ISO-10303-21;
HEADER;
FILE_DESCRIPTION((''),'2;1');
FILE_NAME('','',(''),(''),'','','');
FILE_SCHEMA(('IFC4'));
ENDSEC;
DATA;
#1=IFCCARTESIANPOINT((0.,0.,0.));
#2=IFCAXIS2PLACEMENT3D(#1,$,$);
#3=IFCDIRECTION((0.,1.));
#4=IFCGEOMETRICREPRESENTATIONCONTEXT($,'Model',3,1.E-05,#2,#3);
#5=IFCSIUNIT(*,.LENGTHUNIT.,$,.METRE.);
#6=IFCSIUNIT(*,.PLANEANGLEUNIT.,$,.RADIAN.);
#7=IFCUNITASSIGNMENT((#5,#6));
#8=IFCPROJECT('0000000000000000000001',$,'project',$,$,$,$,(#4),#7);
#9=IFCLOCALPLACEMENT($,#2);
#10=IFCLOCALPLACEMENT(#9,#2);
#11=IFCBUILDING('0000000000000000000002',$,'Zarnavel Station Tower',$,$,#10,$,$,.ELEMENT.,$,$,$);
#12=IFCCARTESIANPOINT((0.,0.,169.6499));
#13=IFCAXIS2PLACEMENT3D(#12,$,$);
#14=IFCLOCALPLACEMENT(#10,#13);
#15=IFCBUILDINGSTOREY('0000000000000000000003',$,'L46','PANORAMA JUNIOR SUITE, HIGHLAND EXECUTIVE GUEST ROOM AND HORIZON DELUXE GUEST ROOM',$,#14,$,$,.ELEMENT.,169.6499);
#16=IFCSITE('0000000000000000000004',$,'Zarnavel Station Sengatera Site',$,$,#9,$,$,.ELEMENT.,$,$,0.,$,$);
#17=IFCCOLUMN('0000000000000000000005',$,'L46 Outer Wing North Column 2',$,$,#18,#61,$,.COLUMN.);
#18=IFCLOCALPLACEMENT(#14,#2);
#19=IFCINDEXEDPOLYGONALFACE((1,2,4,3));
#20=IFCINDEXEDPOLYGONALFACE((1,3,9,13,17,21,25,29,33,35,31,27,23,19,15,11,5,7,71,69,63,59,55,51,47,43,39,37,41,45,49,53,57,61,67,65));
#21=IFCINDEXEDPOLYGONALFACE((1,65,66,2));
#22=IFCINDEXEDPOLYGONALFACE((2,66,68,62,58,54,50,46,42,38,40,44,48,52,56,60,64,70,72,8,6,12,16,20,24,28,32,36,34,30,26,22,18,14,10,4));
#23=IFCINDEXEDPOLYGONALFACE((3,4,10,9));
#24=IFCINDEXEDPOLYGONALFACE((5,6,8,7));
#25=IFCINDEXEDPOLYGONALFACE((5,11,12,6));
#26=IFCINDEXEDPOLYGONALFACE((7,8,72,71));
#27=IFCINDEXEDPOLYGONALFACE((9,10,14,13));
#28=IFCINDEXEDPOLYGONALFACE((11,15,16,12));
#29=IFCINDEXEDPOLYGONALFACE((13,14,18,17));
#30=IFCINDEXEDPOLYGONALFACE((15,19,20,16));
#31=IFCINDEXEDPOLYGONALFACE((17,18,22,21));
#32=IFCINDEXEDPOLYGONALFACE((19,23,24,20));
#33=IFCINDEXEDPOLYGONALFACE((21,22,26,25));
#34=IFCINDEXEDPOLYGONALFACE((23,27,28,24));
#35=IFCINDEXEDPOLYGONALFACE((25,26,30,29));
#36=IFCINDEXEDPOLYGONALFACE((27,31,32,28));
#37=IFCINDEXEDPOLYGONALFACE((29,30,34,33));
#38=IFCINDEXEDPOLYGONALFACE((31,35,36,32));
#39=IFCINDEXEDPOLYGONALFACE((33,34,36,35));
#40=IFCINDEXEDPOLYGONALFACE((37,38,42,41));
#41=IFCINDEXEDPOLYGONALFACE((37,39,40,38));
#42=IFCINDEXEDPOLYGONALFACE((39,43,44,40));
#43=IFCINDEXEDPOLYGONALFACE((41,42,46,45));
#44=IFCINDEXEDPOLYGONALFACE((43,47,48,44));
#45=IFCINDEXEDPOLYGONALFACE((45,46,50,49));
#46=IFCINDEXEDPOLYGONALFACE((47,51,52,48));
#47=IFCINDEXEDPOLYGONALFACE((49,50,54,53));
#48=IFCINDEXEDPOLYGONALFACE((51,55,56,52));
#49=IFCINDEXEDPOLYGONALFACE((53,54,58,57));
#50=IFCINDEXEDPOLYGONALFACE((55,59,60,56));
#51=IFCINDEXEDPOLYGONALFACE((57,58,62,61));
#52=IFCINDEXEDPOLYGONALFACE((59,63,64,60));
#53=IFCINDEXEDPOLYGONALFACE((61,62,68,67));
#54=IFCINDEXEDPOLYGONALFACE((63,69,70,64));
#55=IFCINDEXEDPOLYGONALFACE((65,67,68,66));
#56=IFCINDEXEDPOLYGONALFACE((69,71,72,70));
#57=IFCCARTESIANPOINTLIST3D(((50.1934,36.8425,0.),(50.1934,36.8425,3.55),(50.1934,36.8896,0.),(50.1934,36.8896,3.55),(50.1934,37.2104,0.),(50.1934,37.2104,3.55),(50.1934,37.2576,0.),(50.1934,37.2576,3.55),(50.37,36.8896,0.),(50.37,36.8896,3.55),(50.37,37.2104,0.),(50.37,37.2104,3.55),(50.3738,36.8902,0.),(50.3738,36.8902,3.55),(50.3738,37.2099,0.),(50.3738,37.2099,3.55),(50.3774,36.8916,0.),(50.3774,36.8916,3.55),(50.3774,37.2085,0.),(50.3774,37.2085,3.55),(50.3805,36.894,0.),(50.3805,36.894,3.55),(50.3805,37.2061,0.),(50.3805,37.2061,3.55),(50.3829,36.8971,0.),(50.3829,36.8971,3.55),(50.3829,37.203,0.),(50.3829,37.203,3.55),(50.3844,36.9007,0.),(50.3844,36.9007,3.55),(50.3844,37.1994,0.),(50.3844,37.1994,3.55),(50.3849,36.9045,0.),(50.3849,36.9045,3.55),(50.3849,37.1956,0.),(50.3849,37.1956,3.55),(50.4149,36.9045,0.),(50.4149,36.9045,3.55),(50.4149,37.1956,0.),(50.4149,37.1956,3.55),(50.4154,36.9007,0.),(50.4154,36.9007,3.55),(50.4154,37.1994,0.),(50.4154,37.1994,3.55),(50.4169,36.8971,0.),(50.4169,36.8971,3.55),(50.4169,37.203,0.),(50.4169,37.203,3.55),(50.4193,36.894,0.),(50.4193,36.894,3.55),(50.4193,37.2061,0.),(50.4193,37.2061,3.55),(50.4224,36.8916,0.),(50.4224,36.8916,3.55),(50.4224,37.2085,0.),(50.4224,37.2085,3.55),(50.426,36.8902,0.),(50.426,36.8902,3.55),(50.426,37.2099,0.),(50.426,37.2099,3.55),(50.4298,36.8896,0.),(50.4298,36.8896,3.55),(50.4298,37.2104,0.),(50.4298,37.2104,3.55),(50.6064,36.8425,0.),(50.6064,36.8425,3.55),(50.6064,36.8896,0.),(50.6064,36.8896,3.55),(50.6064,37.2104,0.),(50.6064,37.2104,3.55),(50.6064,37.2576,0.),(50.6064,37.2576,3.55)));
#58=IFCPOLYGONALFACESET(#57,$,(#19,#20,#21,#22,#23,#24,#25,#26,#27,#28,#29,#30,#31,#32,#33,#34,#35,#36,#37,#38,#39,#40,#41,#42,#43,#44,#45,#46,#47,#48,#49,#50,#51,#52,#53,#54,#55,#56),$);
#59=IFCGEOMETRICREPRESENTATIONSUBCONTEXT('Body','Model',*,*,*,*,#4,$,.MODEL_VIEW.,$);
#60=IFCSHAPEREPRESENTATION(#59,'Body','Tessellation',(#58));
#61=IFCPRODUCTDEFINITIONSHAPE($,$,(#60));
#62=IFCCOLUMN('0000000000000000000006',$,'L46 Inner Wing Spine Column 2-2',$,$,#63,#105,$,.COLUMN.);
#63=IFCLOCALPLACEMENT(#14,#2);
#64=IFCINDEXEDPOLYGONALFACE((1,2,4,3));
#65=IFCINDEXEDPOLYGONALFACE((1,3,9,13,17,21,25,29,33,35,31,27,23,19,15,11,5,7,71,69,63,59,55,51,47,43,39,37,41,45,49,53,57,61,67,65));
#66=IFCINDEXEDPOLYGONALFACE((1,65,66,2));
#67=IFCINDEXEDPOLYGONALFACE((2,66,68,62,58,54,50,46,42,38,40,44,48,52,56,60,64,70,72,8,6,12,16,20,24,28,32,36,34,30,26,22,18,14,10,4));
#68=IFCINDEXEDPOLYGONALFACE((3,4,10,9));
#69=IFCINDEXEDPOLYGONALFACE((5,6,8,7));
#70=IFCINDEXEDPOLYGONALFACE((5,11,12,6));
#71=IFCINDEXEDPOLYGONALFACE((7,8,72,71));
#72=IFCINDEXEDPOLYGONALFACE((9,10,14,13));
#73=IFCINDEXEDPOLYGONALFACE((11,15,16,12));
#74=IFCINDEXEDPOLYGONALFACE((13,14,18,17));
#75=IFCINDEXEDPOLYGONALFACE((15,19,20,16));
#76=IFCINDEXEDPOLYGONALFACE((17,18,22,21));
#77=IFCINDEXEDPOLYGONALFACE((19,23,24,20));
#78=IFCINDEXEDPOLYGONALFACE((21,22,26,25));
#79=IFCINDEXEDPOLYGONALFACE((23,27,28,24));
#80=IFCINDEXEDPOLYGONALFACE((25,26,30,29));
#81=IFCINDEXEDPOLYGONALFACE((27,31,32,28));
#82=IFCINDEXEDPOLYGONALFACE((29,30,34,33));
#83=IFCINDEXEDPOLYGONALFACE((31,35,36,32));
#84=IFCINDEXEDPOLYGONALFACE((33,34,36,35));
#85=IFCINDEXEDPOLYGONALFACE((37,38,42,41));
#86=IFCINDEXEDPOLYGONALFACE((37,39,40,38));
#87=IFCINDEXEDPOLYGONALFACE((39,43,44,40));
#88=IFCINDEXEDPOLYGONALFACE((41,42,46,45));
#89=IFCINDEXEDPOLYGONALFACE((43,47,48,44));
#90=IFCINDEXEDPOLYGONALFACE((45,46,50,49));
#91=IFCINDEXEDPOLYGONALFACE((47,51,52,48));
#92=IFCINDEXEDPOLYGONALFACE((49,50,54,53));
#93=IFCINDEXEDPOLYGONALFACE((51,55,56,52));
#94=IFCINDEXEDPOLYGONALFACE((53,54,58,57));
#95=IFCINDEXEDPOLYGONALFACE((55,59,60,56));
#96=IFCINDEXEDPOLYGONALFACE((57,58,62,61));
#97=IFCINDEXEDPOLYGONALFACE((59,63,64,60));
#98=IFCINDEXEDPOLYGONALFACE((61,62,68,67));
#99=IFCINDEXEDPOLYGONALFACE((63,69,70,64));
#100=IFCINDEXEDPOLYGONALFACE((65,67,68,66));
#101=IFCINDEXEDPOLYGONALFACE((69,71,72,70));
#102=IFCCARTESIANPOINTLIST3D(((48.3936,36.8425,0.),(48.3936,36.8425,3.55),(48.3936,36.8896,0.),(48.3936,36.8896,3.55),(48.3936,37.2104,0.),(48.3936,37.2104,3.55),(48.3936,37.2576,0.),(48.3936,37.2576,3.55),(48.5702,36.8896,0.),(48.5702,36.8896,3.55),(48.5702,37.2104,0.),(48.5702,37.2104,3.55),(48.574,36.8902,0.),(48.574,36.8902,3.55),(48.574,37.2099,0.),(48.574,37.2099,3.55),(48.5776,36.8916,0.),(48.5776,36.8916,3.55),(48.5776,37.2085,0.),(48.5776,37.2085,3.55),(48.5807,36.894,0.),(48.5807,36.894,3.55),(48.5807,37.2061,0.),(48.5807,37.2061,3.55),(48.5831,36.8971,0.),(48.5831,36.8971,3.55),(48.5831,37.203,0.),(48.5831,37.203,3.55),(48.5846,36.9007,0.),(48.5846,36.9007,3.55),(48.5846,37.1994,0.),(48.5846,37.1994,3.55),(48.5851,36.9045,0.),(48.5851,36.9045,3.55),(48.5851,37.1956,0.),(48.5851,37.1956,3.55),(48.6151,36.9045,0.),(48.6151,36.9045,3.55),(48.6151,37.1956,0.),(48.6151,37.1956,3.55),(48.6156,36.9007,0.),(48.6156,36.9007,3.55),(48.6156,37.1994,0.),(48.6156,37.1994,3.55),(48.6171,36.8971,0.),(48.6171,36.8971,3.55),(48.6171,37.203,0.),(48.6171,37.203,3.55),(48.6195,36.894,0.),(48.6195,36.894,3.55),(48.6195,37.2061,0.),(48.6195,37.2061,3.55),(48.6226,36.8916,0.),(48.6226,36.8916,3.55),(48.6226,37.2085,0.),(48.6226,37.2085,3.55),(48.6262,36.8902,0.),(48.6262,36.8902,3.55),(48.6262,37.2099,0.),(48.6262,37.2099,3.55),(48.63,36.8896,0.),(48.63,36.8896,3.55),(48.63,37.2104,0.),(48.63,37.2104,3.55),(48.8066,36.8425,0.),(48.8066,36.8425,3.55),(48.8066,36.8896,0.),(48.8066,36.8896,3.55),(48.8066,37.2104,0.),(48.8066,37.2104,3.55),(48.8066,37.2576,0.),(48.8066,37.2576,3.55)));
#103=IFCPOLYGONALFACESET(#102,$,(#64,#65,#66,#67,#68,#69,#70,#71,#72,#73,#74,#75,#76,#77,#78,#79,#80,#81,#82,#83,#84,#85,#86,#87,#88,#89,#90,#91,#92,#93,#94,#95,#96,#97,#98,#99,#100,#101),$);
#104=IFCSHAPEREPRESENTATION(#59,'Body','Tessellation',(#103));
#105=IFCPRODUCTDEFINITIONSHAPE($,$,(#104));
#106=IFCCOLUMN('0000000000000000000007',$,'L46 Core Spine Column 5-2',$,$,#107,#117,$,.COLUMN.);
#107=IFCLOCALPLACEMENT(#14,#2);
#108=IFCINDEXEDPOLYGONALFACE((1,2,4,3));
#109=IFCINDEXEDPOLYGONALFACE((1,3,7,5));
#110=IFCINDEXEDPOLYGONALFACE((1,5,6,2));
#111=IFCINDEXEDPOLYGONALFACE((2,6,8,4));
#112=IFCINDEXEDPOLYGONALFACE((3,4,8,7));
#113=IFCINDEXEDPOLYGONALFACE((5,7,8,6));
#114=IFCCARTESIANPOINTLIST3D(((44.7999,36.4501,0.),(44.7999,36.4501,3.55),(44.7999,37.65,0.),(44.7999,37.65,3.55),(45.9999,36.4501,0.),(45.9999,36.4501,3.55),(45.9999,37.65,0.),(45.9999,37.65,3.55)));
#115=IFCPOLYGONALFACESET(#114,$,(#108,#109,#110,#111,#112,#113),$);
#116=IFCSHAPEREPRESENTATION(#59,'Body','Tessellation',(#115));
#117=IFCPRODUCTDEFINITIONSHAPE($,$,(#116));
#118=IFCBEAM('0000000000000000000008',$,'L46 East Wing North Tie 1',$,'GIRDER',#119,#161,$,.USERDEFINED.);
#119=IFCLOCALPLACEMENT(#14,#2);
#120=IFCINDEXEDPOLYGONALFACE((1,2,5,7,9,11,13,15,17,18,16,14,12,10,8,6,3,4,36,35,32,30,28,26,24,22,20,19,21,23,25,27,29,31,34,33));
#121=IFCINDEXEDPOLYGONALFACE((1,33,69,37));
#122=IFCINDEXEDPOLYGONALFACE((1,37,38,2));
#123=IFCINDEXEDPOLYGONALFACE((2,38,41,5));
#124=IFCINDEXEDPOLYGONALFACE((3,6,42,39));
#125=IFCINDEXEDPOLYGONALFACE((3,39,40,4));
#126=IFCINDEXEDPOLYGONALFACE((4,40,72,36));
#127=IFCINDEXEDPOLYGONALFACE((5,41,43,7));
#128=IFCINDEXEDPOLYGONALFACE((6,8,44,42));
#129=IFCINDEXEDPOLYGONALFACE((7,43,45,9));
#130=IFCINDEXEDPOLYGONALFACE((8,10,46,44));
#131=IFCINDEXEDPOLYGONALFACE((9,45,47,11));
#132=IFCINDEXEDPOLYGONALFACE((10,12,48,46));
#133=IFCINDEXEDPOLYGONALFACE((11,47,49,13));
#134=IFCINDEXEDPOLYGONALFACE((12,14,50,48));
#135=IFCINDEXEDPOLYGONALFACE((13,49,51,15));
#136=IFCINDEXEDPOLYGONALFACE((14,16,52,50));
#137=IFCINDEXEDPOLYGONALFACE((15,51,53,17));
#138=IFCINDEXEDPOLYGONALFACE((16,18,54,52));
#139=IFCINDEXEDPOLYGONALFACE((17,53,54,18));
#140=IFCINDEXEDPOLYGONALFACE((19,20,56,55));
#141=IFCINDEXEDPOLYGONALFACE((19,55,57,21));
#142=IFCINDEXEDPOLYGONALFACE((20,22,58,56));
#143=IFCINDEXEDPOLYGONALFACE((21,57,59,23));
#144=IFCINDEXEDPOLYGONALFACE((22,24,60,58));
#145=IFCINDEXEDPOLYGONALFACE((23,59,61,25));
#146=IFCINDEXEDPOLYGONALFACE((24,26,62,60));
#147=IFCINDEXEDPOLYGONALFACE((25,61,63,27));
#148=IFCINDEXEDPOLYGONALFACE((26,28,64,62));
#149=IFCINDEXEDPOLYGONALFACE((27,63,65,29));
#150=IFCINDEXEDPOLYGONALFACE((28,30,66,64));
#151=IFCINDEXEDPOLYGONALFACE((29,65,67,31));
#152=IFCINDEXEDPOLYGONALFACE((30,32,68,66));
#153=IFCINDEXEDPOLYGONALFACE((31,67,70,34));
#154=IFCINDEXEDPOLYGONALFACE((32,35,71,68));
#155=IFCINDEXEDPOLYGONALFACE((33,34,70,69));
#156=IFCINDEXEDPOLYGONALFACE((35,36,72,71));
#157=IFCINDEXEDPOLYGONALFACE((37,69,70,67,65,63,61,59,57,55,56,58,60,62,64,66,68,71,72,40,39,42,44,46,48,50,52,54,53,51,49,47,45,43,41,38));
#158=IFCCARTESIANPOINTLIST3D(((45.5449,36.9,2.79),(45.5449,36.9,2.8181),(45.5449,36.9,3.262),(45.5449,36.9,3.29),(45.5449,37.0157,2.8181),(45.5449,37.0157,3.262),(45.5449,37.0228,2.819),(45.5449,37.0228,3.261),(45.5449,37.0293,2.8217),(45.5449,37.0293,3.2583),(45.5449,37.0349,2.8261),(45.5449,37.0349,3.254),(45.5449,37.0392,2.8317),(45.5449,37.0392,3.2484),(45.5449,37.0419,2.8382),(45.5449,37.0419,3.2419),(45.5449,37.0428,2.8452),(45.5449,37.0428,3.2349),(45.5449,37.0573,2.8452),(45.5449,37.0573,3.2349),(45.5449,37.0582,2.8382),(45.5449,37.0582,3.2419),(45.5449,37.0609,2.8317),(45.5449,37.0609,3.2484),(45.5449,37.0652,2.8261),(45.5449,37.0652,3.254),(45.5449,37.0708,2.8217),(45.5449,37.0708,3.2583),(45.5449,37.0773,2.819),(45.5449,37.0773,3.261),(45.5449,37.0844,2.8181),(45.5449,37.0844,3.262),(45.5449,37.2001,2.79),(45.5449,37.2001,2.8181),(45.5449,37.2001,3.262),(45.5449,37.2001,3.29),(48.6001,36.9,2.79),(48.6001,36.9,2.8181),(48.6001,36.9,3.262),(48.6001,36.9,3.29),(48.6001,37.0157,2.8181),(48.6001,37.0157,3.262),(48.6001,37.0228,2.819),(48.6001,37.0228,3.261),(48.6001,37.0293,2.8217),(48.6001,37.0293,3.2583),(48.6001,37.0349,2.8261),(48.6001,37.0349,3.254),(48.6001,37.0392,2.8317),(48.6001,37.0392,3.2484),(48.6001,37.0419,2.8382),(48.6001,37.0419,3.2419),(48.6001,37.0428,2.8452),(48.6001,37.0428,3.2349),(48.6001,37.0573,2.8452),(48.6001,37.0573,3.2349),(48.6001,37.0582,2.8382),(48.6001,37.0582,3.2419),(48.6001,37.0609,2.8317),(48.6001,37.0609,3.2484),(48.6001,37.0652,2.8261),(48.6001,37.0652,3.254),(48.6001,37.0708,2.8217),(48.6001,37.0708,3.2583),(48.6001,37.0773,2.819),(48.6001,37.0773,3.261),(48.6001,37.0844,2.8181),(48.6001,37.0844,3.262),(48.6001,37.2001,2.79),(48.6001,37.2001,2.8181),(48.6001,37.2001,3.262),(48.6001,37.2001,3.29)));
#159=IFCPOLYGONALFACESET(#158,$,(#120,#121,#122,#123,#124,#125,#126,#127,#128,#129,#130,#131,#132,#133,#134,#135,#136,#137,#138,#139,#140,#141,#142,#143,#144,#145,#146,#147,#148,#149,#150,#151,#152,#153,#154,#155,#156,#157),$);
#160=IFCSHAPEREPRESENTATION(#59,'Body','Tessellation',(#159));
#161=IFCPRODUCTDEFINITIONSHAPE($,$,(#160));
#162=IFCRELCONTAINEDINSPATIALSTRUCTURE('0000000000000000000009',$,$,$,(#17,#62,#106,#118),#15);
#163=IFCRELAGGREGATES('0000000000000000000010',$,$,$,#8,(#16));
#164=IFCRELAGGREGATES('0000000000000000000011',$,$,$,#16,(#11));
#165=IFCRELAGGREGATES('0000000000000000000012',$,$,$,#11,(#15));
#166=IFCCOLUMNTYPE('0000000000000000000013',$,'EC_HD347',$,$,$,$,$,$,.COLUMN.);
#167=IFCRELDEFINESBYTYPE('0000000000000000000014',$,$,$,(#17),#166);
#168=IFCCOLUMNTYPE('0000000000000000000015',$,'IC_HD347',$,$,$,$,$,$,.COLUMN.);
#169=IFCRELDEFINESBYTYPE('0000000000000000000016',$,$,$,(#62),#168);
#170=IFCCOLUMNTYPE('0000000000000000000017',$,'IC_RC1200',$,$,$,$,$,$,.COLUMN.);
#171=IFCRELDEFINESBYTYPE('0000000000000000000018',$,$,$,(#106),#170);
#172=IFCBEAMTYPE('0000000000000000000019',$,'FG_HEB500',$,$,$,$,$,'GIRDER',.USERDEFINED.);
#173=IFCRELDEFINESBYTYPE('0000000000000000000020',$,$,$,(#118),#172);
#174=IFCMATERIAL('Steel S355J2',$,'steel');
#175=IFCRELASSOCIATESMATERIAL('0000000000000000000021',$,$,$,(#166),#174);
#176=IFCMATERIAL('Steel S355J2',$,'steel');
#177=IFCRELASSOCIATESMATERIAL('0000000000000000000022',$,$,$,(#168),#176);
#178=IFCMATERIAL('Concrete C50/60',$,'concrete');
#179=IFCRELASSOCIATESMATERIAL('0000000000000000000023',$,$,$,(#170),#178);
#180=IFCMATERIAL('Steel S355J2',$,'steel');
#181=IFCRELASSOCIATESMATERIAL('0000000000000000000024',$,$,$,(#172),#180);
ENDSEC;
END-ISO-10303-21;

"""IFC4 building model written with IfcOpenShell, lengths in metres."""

from ifc_helpers import new_model, si_unit, direction, frame, origin, origin_2d, place, context, subcontext, project, spatial, rectangle, i_section, extrude, material, material_profile, profile_set, type_object, element, save


model = new_model("IFC4")

# Units and contexts
model_context = context("Model", 3, precision=1e-05, world=origin(), true_north=direction((0.0, 1.0)))
body_context = subcontext(model_context, "Body", "Model", "MODEL_VIEW")
ifc_project = project(units=[si_unit("LENGTHUNIT", "METRE"), si_unit("PLANEANGLEUNIT", "RADIAN")], contexts=[model_context])

# Site, building, storey
site_placement = place(None, origin())
site = spatial("IfcSite", under=ifc_project, at=site_placement, Name="Zarnavel Station Sengatera Site", CompositionType="ELEMENT", RefElevation=0.0)
building_placement = place(site_placement, origin())
building = spatial("IfcBuilding", under=site, at=building_placement, Name="Zarnavel Station Tower", CompositionType="ELEMENT")
storey_placement = place(building_placement, frame((0.0, 0.0, 169.6499)))
storey = spatial("IfcBuildingStorey", under=building, at=storey_placement, Name="L46", Description="PANORAMA JUNIOR SUITE, HIGHLAND EXECUTIVE GUEST ROOM AND HORIZON DELUXE GUEST ROOM", CompositionType="ELEMENT", Elevation=169.6499)

# Columns
ifc_material_1 = material(Name="Steel S355J2", Category="steel")
ifc_material_profile_1 = material_profile(ifc_material_1, i_section(OverallWidth=0.4131, OverallDepth=0.415, WebThickness=0.03, FlangeThickness=0.0471, FilletRadius=0.0149, at=origin_2d()), Name="HD400x347")
ifc_profile_set_1 = profile_set([ifc_material_profile_1], Name="Steel S355J2")
column_type_1 = type_object("IfcColumnType", Name="EC_HD347", PredefinedType="COLUMN", material=ifc_profile_set_1)
column_1_placement = place(storey_placement, frame((50.3999, 37.05, 0.0), z_axis=(0.0, 0.0, 1.0), x_axis=(1.0, 0.0, 0.0)))
element("IfcColumn", 1, at=column_1_placement, inside=storey, type_object=column_type_1, Name="L46 Outer Wing North Column 2", PredefinedType="COLUMN", context=body_context, shape_type="SweptSolid", body=[
    extrude(i_section(OverallWidth=0.4131, OverallDepth=0.415, WebThickness=0.03, FlangeThickness=0.0471, FilletRadius=0.0149, at=origin_2d()), origin(), (0.0, 0.0, 1.0), 3.55),
])
ifc_material_2 = material(Name="Steel S355J2", Category="steel")
ifc_material_profile_2 = material_profile(ifc_material_2, i_section(OverallWidth=0.4131, OverallDepth=0.415, WebThickness=0.03, FlangeThickness=0.0471, FilletRadius=0.0149, at=origin_2d()), Name="HD400x347")
ifc_profile_set_2 = profile_set([ifc_material_profile_2], Name="Steel S355J2")
column_type_2 = type_object("IfcColumnType", Name="IC_HD347", PredefinedType="COLUMN", material=ifc_profile_set_2)
column_2_placement = place(storey_placement, frame((48.6001, 37.05, 0.0), z_axis=(0.0, 0.0, 1.0), x_axis=(1.0, 0.0, 0.0)))
element("IfcColumn", 2, at=column_2_placement, inside=storey, type_object=column_type_2, Name="L46 Inner Wing Spine Column 2-2", PredefinedType="COLUMN", context=body_context, shape_type="SweptSolid", body=[
    extrude(i_section(OverallWidth=0.4131, OverallDepth=0.415, WebThickness=0.03, FlangeThickness=0.0471, FilletRadius=0.0149, at=origin_2d()), origin(), (0.0, 0.0, 1.0), 3.55),
])
ifc_material_3 = material(Name="Concrete C50/60", Category="concrete")
ifc_material_profile_3 = material_profile(ifc_material_3, rectangle(XDim=1.2, YDim=1.2, at=origin_2d()), Name="RC1200x1200")
ifc_profile_set_3 = profile_set([ifc_material_profile_3], Name="Concrete C50/60")
column_type_3 = type_object("IfcColumnType", Name="IC_RC1200", PredefinedType="COLUMN", material=ifc_profile_set_3)
column_3_placement = place(storey_placement, frame((45.3999, 37.05, 0.0), z_axis=(0.0, 0.0, 1.0), x_axis=(1.0, 0.0, 0.0)))
element("IfcColumn", 3, at=column_3_placement, inside=storey, type_object=column_type_3, Name="L46 Core Spine Column 5-2", PredefinedType="COLUMN", context=body_context, shape_type="SweptSolid", body=[
    extrude(rectangle(XDim=1.2, YDim=1.2, at=origin_2d()), origin(), (0.0, 0.0, 1.0), 3.55),
])

# Beam
ifc_material_4 = material(Name="Steel S355J2", Category="steel")
ifc_material_profile_4 = material_profile(ifc_material_4, i_section(OverallWidth=0.3, OverallDepth=0.5, WebThickness=0.0144, FlangeThickness=0.0281, FilletRadius=0.0271, at=origin_2d()), Name="HEB500")
ifc_profile_set_4 = profile_set([ifc_material_profile_4], Name="Steel S355J2")
beam_type = type_object("IfcBeamType", Name="FG_HEB500", ElementType="GIRDER", PredefinedType="USERDEFINED", material=ifc_profile_set_4)
beam_1_placement = place(storey_placement, frame((45.5449, 37.05, 3.04), z_axis=(1.0, 0.0, 0.0), x_axis=(0.0, 1.0, 0.0)))
element("IfcBeam", 4, at=beam_1_placement, inside=storey, type_object=beam_type, Name="L46 East Wing North Tie 1", ObjectType="GIRDER", PredefinedType="USERDEFINED", context=body_context, shape_type="SweptSolid", body=[
    extrude(i_section(OverallWidth=0.3, OverallDepth=0.5, WebThickness=0.0144, FlangeThickness=0.0281, FilletRadius=0.0271, at=origin_2d()), origin(), (0.0, 0.0, 1.0), 3.0552),
])

save(model, "model.ifc")
